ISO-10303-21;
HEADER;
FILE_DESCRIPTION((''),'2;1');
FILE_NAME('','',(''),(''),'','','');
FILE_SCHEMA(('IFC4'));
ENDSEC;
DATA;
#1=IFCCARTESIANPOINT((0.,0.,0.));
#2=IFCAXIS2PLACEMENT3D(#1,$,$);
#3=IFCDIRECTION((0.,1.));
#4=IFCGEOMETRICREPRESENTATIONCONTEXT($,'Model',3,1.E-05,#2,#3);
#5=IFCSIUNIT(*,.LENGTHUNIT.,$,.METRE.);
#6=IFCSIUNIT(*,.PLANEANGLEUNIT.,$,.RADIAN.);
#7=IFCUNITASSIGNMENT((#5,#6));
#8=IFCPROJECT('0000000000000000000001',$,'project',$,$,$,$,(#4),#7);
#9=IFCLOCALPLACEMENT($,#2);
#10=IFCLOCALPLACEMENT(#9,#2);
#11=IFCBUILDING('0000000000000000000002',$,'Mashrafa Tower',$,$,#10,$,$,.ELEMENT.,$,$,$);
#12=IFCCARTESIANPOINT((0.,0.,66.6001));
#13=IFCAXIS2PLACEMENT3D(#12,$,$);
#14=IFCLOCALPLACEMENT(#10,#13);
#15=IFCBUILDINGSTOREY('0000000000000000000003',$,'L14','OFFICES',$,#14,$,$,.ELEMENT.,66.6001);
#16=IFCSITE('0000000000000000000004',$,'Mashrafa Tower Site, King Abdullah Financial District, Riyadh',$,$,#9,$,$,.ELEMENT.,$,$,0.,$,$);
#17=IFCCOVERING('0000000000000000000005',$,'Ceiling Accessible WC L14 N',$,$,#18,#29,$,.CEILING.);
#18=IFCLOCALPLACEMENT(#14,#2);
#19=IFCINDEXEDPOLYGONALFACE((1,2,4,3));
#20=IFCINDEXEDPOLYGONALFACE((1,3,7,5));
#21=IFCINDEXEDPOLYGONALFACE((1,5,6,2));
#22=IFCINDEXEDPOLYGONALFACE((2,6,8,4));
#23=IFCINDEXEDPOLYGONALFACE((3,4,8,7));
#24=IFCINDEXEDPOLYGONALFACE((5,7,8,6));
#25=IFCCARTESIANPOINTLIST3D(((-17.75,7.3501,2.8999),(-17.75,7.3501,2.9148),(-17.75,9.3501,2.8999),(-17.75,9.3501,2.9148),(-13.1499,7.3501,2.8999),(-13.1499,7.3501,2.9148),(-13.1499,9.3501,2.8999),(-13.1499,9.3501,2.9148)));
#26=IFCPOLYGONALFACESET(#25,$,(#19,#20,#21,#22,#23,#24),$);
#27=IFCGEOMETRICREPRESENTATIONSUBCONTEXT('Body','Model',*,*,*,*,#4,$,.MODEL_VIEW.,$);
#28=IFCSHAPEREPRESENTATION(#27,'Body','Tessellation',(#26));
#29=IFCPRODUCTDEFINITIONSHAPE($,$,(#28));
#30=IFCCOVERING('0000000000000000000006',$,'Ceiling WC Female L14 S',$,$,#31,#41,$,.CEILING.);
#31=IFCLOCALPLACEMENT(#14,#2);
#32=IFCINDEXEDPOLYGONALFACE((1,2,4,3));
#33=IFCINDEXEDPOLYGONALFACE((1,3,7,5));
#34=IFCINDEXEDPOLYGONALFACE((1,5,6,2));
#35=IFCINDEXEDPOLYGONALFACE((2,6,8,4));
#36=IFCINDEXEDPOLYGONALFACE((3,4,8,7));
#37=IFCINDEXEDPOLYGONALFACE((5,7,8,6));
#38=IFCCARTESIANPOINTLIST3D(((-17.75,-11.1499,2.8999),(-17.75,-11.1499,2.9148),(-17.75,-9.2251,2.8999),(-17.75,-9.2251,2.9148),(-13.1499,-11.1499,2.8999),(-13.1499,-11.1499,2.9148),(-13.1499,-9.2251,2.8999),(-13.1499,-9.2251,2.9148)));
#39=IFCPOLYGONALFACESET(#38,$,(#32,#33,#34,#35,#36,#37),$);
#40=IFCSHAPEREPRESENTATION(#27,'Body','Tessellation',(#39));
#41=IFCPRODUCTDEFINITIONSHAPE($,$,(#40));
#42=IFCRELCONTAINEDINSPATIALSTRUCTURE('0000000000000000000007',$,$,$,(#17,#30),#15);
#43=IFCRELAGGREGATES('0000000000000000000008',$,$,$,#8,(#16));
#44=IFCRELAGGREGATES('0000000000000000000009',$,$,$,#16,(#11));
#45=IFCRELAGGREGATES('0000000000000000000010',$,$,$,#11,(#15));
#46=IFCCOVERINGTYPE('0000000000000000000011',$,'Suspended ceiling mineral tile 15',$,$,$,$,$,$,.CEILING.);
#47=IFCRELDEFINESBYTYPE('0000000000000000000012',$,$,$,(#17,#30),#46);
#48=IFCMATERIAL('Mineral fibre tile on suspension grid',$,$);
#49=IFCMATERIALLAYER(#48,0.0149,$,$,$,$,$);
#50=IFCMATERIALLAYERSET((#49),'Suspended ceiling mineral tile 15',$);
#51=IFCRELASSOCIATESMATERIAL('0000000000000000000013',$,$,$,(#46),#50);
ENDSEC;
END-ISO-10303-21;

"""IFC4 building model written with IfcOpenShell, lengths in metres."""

from ifc_helpers import new_model, si_unit, direction, frame, origin, place, context, subcontext, project, spatial, polyline, outline, extrude, material, layer, layer_set, type_object, element, save


model = new_model("IFC4")

# Units and contexts
model_context = context("Model", 3, precision=1e-05, world=origin(), true_north=direction((0.0, 1.0)))
body_context = subcontext(model_context, "Body", "Model", "MODEL_VIEW")
ifc_project = project(units=[si_unit("LENGTHUNIT", "METRE"), si_unit("PLANEANGLEUNIT", "RADIAN")], contexts=[model_context])

# Site, building, storey
site_placement = place(None, origin())
site = spatial("IfcSite", under=ifc_project, at=site_placement, Name="Mashrafa Tower Site, King Abdullah Financial District, Riyadh", CompositionType="ELEMENT", RefElevation=0.0)
building_placement = place(site_placement, origin())
building = spatial("IfcBuilding", under=site, at=building_placement, Name="Mashrafa Tower", CompositionType="ELEMENT")
storey_placement = place(building_placement, frame((0.0, 0.0, 66.6001)))
storey = spatial("IfcBuildingStorey", under=building, at=storey_placement, Name="L14", Description="OFFICES", CompositionType="ELEMENT", Elevation=66.6001)

# Coverings
ifc_material_1 = material(Name="Mineral fibre tile on suspension grid")
ifc_layer_1 = layer(ifc_material_1, 0.0149)
ifc_layer_set_1 = layer_set([ifc_layer_1], Name="Suspended ceiling mineral tile 15")
covering_type_1 = type_object("IfcCoveringType", Name="Suspended ceiling mineral tile 15", PredefinedType="CEILING", material=ifc_layer_set_1)
covering_1_placement = place(storey_placement, frame((0.0, 0.0, 2.8999)))
element("IfcCovering", 1, at=covering_1_placement, inside=storey, type_object=covering_type_1, Name="Ceiling Accessible WC L14 N", PredefinedType="CEILING", context=body_context, shape_type="SweptSolid", body=[
    extrude(outline(polyline([(-17.75, 7.3501), (-17.75, 9.3501), (-13.1499, 9.3501), (-13.1499, 7.3501), (-17.75, 7.3501)])), origin(), (0.0, 0.0, 1.0), 0.0149),
])
covering_2_placement = place(storey_placement, frame((0.0, 0.0, 2.8999)))
element("IfcCovering", 2, at=covering_2_placement, inside=storey, type_object=covering_type_1, Name="Ceiling WC Female L14 S", PredefinedType="CEILING", context=body_context, shape_type="SweptSolid", body=[
    extrude(outline(polyline([(-17.75, -11.1499), (-17.75, -9.2251), (-13.1499, -9.2251), (-13.1499, -11.1499), (-17.75, -11.1499)])), origin(), (0.0, 0.0, 1.0), 0.0149),
])

save(model, "model.ifc")
